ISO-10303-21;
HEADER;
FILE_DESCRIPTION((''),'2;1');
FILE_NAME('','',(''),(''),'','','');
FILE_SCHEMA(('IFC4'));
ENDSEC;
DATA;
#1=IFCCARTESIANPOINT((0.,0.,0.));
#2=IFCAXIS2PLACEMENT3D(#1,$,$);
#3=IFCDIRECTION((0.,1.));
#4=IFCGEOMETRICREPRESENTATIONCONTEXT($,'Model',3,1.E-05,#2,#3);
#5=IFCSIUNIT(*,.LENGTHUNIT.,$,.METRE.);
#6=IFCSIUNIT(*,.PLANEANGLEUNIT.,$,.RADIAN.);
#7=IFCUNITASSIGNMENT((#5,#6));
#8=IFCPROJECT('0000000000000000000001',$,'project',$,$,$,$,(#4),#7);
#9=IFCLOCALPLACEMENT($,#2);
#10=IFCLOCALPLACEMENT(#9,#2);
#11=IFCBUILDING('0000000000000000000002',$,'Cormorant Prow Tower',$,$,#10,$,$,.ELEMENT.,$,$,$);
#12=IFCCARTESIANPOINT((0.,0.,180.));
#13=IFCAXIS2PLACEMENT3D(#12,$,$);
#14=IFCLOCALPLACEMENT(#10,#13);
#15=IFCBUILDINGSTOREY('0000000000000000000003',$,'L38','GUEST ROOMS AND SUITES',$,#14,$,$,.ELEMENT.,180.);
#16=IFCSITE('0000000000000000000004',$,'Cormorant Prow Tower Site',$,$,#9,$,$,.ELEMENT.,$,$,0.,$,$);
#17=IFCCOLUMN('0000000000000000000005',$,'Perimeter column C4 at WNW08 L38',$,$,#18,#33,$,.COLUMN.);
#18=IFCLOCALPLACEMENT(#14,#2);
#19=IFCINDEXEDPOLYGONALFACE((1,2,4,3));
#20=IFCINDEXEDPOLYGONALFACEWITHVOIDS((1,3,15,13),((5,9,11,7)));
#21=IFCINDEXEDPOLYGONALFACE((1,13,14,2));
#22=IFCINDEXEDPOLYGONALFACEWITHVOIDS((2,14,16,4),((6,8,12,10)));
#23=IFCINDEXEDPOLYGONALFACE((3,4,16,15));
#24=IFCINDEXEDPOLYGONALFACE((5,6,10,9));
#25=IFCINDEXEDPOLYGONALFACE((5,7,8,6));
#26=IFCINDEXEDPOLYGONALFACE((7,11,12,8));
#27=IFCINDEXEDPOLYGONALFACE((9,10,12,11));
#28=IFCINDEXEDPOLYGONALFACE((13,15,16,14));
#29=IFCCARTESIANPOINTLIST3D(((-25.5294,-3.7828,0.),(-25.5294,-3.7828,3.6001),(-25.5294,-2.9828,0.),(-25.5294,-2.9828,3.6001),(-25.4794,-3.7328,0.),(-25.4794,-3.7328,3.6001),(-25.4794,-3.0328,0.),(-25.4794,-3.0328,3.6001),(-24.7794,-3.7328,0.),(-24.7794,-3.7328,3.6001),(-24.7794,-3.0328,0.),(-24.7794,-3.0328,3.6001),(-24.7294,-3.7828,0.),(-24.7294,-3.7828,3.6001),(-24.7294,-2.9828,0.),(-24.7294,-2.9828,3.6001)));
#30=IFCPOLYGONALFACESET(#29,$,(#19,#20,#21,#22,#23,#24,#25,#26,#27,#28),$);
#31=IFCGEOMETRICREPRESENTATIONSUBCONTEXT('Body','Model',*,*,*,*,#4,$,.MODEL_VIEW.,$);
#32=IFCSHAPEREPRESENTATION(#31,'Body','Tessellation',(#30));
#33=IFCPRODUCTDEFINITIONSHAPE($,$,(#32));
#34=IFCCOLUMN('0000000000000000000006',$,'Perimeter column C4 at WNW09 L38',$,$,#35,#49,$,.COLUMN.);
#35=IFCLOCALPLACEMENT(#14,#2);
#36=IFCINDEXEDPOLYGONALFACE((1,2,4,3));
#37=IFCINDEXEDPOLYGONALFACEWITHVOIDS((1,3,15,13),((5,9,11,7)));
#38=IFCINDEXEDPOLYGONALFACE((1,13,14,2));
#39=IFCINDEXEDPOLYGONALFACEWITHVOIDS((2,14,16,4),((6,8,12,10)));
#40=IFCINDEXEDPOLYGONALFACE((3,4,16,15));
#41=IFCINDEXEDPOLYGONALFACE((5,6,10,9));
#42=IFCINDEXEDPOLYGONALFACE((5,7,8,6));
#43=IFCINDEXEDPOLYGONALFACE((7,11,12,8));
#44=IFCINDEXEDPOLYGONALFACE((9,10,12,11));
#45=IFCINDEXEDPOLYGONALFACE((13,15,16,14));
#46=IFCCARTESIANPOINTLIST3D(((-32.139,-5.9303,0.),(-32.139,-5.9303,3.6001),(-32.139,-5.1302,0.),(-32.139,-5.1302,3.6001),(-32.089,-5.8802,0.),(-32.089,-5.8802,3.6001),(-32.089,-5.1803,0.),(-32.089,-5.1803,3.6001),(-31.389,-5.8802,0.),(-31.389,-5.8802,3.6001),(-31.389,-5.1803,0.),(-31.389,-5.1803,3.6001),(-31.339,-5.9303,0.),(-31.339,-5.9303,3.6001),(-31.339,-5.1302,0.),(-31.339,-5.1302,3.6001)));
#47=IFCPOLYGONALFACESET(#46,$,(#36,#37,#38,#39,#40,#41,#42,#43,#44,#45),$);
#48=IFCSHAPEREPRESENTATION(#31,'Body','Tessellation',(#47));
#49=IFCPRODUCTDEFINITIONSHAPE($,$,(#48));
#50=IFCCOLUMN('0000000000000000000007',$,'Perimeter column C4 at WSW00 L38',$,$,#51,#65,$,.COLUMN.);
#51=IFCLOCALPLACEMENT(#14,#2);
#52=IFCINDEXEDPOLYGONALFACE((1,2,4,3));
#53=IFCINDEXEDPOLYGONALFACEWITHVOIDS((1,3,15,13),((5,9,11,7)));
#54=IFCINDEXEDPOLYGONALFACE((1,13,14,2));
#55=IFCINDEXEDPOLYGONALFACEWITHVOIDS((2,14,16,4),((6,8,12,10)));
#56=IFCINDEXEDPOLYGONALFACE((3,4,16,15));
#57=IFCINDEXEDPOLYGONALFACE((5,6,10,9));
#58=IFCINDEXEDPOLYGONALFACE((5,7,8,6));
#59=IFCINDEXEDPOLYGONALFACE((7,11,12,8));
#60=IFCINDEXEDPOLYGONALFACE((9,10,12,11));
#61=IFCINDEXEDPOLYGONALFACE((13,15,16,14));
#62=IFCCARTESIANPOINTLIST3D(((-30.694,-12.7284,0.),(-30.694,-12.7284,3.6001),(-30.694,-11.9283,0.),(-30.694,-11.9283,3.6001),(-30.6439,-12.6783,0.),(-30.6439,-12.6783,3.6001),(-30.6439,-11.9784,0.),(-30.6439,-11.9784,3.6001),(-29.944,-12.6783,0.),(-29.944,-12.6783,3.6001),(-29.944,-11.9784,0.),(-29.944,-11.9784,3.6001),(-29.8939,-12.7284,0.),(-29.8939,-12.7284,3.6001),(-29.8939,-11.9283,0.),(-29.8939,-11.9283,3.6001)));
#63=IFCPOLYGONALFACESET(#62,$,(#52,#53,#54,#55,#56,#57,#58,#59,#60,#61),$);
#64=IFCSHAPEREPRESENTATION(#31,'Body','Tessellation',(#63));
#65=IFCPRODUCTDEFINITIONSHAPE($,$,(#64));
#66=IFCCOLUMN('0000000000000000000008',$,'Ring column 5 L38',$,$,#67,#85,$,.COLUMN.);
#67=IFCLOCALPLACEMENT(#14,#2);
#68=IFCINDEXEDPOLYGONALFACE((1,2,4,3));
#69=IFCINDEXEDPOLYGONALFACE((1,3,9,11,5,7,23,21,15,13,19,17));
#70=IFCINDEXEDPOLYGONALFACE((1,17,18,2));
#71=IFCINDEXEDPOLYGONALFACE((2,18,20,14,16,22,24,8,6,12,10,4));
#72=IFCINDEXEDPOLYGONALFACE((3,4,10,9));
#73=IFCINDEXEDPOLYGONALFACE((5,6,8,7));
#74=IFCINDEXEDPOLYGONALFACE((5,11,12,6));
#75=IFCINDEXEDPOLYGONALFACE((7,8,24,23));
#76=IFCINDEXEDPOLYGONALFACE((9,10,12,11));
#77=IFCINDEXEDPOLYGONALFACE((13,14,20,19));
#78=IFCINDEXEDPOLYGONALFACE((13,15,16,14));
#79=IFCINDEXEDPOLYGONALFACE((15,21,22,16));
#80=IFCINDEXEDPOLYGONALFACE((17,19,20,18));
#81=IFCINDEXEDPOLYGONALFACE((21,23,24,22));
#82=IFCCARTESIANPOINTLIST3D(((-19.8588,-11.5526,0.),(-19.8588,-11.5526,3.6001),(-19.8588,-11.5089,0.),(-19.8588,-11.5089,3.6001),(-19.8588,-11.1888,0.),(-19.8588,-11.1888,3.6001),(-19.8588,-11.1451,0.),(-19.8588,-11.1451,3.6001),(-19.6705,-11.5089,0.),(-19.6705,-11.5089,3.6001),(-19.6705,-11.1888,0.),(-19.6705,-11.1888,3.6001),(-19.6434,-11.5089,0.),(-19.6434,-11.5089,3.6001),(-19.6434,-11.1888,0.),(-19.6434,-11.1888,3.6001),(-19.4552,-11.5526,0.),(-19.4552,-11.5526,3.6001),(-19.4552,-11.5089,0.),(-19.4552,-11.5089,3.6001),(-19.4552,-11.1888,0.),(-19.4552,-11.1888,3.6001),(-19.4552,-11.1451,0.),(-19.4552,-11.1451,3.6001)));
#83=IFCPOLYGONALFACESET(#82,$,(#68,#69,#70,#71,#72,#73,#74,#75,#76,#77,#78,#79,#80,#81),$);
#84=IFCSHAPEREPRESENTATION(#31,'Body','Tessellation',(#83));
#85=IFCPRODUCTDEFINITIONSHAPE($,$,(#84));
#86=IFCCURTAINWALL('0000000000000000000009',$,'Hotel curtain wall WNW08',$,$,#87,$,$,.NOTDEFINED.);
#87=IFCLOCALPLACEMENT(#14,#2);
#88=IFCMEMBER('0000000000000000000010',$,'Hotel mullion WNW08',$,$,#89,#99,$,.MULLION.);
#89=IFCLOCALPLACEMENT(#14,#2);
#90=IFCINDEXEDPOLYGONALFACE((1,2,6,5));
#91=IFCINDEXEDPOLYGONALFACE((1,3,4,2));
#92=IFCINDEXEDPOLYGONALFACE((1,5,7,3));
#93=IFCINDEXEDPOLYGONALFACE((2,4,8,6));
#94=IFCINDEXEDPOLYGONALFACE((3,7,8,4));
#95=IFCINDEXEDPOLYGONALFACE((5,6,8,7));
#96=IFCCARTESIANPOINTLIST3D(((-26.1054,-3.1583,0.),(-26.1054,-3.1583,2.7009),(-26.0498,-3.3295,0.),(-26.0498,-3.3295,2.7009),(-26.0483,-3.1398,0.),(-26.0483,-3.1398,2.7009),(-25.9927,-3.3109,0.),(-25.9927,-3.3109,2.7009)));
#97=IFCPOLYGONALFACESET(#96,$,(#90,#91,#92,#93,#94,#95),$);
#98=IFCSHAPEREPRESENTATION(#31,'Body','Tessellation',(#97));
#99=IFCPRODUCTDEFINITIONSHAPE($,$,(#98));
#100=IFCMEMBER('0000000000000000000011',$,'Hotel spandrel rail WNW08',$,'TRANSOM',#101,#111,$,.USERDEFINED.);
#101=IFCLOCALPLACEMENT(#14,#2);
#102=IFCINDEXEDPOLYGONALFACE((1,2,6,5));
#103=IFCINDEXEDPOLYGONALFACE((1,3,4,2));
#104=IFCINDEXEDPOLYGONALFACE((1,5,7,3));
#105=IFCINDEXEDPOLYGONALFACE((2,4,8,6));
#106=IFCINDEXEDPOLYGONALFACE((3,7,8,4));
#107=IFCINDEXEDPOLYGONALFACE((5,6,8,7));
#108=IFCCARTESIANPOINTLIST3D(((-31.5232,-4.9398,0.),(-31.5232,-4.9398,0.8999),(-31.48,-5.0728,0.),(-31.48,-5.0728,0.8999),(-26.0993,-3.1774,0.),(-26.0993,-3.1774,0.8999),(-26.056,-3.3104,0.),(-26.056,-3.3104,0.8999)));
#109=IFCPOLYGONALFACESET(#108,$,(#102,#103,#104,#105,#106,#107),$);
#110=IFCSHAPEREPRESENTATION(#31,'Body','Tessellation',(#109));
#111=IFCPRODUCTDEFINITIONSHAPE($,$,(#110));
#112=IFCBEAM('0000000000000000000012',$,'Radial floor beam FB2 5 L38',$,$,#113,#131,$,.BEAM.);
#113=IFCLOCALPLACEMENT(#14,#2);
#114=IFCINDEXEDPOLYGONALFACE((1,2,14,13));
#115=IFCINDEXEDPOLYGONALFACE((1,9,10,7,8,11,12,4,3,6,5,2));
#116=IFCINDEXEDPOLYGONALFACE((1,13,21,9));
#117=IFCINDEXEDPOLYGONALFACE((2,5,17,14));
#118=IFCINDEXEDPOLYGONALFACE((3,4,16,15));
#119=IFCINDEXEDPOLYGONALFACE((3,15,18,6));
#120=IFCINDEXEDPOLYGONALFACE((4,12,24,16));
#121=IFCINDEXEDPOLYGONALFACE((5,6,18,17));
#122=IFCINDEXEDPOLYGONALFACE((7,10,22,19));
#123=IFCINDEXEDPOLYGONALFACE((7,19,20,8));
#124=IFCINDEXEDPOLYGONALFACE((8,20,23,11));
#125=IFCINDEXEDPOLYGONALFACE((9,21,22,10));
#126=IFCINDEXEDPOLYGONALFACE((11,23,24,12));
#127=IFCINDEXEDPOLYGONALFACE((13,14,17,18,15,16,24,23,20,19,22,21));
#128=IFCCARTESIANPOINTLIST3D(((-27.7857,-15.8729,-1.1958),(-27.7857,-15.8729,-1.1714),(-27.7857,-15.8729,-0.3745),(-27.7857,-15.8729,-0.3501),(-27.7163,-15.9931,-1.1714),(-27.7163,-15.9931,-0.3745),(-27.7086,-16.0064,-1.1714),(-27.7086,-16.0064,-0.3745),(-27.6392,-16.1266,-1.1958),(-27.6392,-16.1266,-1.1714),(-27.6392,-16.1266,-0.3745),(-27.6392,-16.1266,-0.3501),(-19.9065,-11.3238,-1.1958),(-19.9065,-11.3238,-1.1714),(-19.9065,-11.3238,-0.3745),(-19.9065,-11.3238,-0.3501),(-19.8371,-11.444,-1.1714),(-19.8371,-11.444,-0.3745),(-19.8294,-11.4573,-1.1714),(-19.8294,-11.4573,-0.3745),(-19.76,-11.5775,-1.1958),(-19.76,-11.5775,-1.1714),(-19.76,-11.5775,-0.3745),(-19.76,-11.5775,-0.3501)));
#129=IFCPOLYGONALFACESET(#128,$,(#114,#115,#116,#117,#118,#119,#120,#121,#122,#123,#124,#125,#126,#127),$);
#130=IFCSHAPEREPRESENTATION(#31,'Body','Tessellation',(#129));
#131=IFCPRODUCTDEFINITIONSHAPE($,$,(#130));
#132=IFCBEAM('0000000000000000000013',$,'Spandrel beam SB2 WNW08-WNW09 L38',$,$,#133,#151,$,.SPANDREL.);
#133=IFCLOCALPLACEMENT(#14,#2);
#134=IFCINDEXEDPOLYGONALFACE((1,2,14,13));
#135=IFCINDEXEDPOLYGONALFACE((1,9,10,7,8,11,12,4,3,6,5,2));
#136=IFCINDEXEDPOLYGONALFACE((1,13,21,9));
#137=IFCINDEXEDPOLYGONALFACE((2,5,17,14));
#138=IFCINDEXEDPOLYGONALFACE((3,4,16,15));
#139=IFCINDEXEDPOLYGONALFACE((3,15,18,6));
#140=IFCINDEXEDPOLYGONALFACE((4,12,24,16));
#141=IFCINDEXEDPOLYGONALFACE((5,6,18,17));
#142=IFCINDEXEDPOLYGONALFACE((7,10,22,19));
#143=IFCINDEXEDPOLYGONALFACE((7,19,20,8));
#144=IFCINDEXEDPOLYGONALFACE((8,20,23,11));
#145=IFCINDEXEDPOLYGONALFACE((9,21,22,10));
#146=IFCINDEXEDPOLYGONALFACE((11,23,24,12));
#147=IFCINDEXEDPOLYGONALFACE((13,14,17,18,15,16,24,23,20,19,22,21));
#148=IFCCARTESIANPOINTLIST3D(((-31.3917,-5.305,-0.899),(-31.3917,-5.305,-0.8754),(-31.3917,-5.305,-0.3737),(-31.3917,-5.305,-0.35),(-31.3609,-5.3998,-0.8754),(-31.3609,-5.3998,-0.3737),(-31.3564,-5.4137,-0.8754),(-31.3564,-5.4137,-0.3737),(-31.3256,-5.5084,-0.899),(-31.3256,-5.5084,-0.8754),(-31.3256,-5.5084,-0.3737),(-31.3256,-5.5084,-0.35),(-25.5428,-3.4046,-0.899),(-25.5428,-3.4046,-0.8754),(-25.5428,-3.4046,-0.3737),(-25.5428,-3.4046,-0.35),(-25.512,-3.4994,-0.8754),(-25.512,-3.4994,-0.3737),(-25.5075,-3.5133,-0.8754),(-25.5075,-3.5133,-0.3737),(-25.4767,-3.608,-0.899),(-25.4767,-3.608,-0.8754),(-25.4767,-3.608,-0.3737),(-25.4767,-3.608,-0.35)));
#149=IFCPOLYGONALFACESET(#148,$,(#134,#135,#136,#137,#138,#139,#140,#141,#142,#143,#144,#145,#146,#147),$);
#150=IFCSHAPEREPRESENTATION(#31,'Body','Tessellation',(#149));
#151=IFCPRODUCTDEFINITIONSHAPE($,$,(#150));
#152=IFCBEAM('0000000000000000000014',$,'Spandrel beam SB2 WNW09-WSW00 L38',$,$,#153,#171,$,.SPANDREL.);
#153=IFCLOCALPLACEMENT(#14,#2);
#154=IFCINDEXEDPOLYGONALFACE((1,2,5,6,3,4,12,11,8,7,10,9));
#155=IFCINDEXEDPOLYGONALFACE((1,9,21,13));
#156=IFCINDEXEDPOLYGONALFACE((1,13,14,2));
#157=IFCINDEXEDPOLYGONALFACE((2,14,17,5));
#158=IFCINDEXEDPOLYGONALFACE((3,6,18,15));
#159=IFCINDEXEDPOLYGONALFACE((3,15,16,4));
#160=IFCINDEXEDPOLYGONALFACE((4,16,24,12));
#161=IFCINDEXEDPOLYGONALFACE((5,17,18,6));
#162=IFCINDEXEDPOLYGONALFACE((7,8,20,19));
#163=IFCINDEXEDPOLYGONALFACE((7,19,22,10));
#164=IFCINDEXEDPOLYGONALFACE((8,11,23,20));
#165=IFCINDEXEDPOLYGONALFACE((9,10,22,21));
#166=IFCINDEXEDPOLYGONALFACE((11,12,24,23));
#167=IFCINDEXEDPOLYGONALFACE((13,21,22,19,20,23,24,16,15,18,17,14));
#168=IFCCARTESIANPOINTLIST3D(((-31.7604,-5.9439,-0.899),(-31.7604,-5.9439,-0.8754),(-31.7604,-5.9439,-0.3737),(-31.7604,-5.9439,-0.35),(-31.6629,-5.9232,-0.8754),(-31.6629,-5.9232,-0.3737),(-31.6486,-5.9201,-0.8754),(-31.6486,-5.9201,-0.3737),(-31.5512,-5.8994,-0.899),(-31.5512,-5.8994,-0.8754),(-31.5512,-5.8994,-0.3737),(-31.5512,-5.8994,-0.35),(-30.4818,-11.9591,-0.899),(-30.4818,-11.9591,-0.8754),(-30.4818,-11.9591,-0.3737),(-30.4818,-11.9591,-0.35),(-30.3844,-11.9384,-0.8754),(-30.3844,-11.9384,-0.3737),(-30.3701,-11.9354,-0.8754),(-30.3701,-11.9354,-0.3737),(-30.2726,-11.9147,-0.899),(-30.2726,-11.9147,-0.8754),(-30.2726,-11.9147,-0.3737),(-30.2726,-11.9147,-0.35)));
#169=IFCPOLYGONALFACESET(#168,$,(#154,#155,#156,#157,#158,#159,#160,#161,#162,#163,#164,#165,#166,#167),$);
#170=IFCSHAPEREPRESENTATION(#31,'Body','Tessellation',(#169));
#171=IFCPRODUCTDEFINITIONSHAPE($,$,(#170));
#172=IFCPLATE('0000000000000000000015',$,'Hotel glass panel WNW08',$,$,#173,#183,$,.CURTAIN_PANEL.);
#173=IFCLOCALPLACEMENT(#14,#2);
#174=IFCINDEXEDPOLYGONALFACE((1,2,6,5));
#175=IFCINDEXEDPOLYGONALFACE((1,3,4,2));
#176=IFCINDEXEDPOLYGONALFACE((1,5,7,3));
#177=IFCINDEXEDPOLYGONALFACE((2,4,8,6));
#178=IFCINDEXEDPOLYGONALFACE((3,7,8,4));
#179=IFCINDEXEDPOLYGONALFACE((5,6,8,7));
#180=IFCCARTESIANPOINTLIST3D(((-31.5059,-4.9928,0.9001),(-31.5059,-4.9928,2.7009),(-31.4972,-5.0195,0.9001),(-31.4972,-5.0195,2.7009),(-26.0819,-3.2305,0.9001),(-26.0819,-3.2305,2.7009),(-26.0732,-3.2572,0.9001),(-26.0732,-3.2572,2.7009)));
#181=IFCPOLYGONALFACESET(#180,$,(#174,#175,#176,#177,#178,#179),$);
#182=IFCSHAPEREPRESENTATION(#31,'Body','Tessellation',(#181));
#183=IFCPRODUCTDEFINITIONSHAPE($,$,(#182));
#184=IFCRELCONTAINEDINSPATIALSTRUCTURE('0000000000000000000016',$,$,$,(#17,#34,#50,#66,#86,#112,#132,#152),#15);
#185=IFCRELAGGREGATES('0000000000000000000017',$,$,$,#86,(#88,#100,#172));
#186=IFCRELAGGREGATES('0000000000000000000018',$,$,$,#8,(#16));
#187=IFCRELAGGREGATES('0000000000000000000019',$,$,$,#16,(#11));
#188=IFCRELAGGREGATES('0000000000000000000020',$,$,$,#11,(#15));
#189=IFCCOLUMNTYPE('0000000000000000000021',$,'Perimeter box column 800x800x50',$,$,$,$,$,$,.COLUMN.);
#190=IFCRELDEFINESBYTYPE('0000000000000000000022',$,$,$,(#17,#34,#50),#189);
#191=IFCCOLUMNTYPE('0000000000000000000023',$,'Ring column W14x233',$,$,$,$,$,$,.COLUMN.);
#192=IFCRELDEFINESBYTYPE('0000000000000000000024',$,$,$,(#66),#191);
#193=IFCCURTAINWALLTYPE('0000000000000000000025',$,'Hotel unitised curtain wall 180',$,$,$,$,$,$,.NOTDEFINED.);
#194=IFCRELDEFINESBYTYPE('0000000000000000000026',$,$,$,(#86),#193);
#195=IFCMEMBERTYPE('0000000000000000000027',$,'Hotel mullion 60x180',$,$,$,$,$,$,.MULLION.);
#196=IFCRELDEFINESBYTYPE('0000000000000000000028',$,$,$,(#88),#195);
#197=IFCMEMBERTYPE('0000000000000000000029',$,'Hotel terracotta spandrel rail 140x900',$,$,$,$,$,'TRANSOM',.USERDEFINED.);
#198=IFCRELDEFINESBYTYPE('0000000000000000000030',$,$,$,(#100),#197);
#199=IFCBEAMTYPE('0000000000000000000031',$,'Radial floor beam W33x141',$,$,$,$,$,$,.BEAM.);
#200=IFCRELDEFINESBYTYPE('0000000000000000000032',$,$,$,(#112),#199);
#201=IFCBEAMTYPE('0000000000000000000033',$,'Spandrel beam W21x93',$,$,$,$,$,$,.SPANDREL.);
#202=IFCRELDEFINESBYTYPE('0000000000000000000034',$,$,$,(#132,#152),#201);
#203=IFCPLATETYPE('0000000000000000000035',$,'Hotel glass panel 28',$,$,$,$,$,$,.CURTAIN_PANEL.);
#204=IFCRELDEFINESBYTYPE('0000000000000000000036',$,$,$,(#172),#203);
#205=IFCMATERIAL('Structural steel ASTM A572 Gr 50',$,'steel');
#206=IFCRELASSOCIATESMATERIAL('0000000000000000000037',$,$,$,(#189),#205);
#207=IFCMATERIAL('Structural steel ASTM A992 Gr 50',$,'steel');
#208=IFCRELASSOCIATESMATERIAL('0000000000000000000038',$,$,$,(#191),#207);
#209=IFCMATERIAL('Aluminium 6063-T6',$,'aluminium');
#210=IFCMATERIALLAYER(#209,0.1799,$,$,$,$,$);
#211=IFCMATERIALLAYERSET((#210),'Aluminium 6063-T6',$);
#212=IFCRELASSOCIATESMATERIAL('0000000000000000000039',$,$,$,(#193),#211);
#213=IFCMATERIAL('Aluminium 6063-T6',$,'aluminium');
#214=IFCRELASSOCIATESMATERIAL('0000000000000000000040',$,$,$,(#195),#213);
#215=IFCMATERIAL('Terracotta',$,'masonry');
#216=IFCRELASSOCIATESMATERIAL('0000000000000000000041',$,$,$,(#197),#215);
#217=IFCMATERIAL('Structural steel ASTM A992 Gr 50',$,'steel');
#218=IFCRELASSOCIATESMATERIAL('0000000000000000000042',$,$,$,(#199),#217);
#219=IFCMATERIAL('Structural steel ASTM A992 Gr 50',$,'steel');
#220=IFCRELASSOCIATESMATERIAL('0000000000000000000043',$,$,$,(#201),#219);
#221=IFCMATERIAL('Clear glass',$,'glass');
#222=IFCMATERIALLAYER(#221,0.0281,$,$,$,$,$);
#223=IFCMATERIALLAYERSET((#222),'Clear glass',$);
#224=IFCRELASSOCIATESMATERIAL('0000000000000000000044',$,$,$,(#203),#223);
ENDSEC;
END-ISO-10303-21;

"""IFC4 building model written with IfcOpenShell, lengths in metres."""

from ifc_helpers import new_model, si_unit, direction, frame, origin, origin_2d, place, context, subcontext, project, spatial, rectangle, hollow_rectangle, i_section, extrude, material, layer, layer_set, material_profile, profile_set, type_object, element, aggregate, save


model = new_model("IFC4")

# Units and contexts
model_context = context("Model", 3, precision=1e-05, world=origin(), true_north=direction((0.0, 1.0)))
body_context = subcontext(model_context, "Body", "Model", "MODEL_VIEW")
ifc_project = project(units=[si_unit("LENGTHUNIT", "METRE"), si_unit("PLANEANGLEUNIT", "RADIAN")], contexts=[model_context])

# Site, building, storey
site_placement = place(None, origin())
site = spatial("IfcSite", under=ifc_project, at=site_placement, Name="Cormorant Prow Tower Site", CompositionType="ELEMENT", RefElevation=0.0)
building_placement = place(site_placement, origin())
building = spatial("IfcBuilding", under=site, at=building_placement, Name="Cormorant Prow Tower", CompositionType="ELEMENT")
storey_placement = place(building_placement, frame((0.0, 0.0, 180.0)))
storey = spatial("IfcBuildingStorey", under=building, at=storey_placement, Name="L38", Description="GUEST ROOMS AND SUITES", CompositionType="ELEMENT", Elevation=180.0)

# Columns
ifc_material_1 = material(Name="Structural steel ASTM A572 Gr 50", Category="steel")
ifc_material_profile_1 = material_profile(ifc_material_1, hollow_rectangle(XDim=0.8, YDim=0.8, WallThickness=0.05, at=origin_2d()), Name="Box 800x800x50")
ifc_profile_set_1 = profile_set([ifc_material_profile_1], Name="Structural steel ASTM A572 Gr 50")
column_type_1 = type_object("IfcColumnType", Name="Perimeter box column 800x800x50", PredefinedType="COLUMN", material=ifc_profile_set_1)
for number, where, z_axis, x_axis, name in (
    (1, (-25.1294, -3.3828, 0.0), (0.0, 0.0, 1.0), (1.0, 0.0, 0.0), "Perimeter column C4 at WNW08 L38"),
    (2, (-31.739, -5.5303, 0.0), (0.0, 0.0, 1.0), (1.0, 0.0, 0.0), "Perimeter column C4 at WNW09 L38"),
    (3, (-30.2939, -12.3284, 0.0), (0.0, 0.0, 1.0), (1.0, 0.0, 0.0), "Perimeter column C4 at WSW00 L38"),
):
    element("IfcColumn", number, at=place(storey_placement, frame(where, z_axis=z_axis, x_axis=x_axis)), inside=storey, type_object=column_type_1, Name=name, PredefinedType="COLUMN", context=body_context, shape_type="SweptSolid", body=[
        extrude(hollow_rectangle(XDim=0.8, YDim=0.8, WallThickness=0.05, at=origin_2d()), origin(), (0.0, 0.0, 1.0), 3.6001),
    ])
ifc_material_2 = material(Name="Structural steel ASTM A992 Gr 50", Category="steel")
ifc_material_profile_2 = material_profile(ifc_material_2, i_section(OverallWidth=0.4036, OverallDepth=0.4075, WebThickness=0.0271, FlangeThickness=0.0437, at=origin_2d()), Name="W14x233")
ifc_profile_set_2 = profile_set([ifc_material_profile_2], Name="Structural steel ASTM A992 Gr 50")
column_type_2 = type_object("IfcColumnType", Name="Ring column W14x233", PredefinedType="COLUMN", material=ifc_profile_set_2)
column_placement = place(storey_placement, frame((-19.657, -11.3489, 0.0), z_axis=(0.0, 0.0, 1.0), x_axis=(1.0, 0.0, 0.0)))
element("IfcColumn", 4, at=column_placement, inside=storey, type_object=column_type_2, Name="Ring column 5 L38", PredefinedType="COLUMN", context=body_context, shape_type="SweptSolid", body=[
    extrude(i_section(OverallWidth=0.4036, OverallDepth=0.4075, WebThickness=0.0271, FlangeThickness=0.0437, at=origin_2d()), origin(), (0.0, 0.0, 1.0), 3.6001),
])

# Curtain wall, members
ifc_material_3 = material(Name="Aluminium 6063-T6", Category="aluminium")
ifc_layer_1 = layer(ifc_material_3, 0.1799)
ifc_layer_set_1 = layer_set([ifc_layer_1], Name="Aluminium 6063-T6")
curtain_wall_type = type_object("IfcCurtainWallType", Name="Hotel unitised curtain wall 180", PredefinedType="NOTDEFINED", material=ifc_layer_set_1)
curtain_wall_placement = place(storey_placement, origin())
curtain_wall = element("IfcCurtainWall", 5, at=curtain_wall_placement, inside=storey, type_object=curtain_wall_type, Name="Hotel curtain wall WNW08", PredefinedType="NOTDEFINED")
ifc_material_4 = material(Name="Aluminium 6063-T6", Category="aluminium")
ifc_material_profile_3 = material_profile(ifc_material_4, rectangle(XDim=0.1799, YDim=0.0601, at=origin_2d()), Name="Hotel mullion 60x180")
ifc_profile_set_3 = profile_set([ifc_material_profile_3], Name="Aluminium 6063-T6")
member_type_1 = type_object("IfcMemberType", Name="Hotel mullion 60x180", PredefinedType="MULLION", material=ifc_profile_set_3)
member_1_placement = place(storey_placement, frame((-26.0491, -3.2346, 0.0), z_axis=(0.0, 0.0, 1.0), x_axis=(0.309017, -0.951057, 0.0)))
member_1 = element("IfcMember", 6, at=member_1_placement, type_object=member_type_1, Name="Hotel mullion WNW08", PredefinedType="MULLION", context=body_context, shape_type="SweptSolid", body=[
    extrude(rectangle(XDim=0.1799, YDim=0.0601, at=origin_2d()), origin(), (0.0, 0.0, 1.0), 2.7009),
])
ifc_material_5 = material(Name="Terracotta", Category="masonry")
ifc_material_profile_4 = material_profile(ifc_material_5, rectangle(XDim=0.1399, YDim=0.8999, at=origin_2d()), Name="Hotel terracotta spandrel rail 140x900")
ifc_profile_set_4 = profile_set([ifc_material_profile_4], Name="Terracotta")
member_type_2 = type_object("IfcMemberType", Name="Hotel terracotta spandrel rail 140x900", ElementType="TRANSOM", PredefinedType="USERDEFINED", material=ifc_profile_set_4)
member_2_placement = place(storey_placement, frame((-26.0776, -3.2439, 0.45), z_axis=(-0.951053, -0.309027, 0.0), x_axis=(0.309027, -0.951053, 0.0)))
member_2 = element("IfcMember", 7, at=member_2_placement, type_object=member_type_2, Name="Hotel spandrel rail WNW08", ObjectType="TRANSOM", PredefinedType="USERDEFINED", context=body_context, shape_type="SweptSolid", body=[
    extrude(rectangle(XDim=0.1399, YDim=0.8999, at=origin_2d()), origin(), (0.0, 0.0, 1.0), 5.7031),
])

# Beams
ifc_material_6 = material(Name="Structural steel ASTM A992 Gr 50", Category="steel")
ifc_material_profile_5 = material_profile(ifc_material_6, i_section(OverallWidth=0.293, OverallDepth=0.8457, WebThickness=0.0154, FlangeThickness=0.0244, at=origin_2d()), Name="W33x141")
ifc_profile_set_5 = profile_set([ifc_material_profile_5], Name="Structural steel ASTM A992 Gr 50")
beam_type_1 = type_object("IfcBeamType", Name="Radial floor beam W33x141", PredefinedType="BEAM", material=ifc_profile_set_5)
beam_1_placement = place(storey_placement, frame((-19.8333, -11.4507, -0.7729), z_axis=(-0.866023, -0.500004, 0.0), x_axis=(0.500004, -0.866023, 0.0)))
element("IfcBeam", 8, at=beam_1_placement, inside=storey, type_object=beam_type_1, Name="Radial floor beam FB2 5 L38", PredefinedType="BEAM", context=body_context, shape_type="SweptSolid", body=[
    extrude(i_section(OverallWidth=0.293, OverallDepth=0.8457, WebThickness=0.0154, FlangeThickness=0.0244, at=origin_2d()), origin(), (0.0, 0.0, 1.0), 9.0981),
])
ifc_material_7 = material(Name="Structural steel ASTM A992 Gr 50", Category="steel")
ifc_material_profile_6 = material_profile(ifc_material_7, i_section(OverallWidth=0.2139, OverallDepth=0.5491, WebThickness=0.0146, FlangeThickness=0.0237, at=origin_2d()), Name="W21x93")
ifc_profile_set_6 = profile_set([ifc_material_profile_6], Name="Structural steel ASTM A992 Gr 50")
beam_type_2 = type_object("IfcBeamType", Name="Spandrel beam W21x93", PredefinedType="SPANDREL", material=ifc_profile_set_6)
beam_2_placement = place(storey_placement, frame((-25.5098, -3.5063, -0.6245), z_axis=(-0.951058, -0.309013, 0.0), x_axis=(0.309013, -0.951058, 0.0)))
element("IfcBeam", 9, at=beam_2_placement, inside=storey, type_object=beam_type_2, Name="Spandrel beam SB2 WNW08-WNW09 L38", PredefinedType="SPANDREL", context=body_context, shape_type="SweptSolid", body=[
    extrude(i_section(OverallWidth=0.2139, OverallDepth=0.5491, WebThickness=0.0146, FlangeThickness=0.0237, at=origin_2d()), origin(), (0.0, 0.0, 1.0), 6.1499),
])
beam_3_placement = place(storey_placement, frame((-31.6558, -5.9216, -0.6245), z_axis=(0.207905, -0.978149, 0.0), x_axis=(0.978149, 0.207905, 0.0)))
element("IfcBeam", 10, at=beam_3_placement, inside=storey, type_object=beam_type_2, Name="Spandrel beam SB2 WNW09-WSW00 L38", PredefinedType="SPANDREL", context=body_context, shape_type="SweptSolid", body=[
    extrude(i_section(OverallWidth=0.2139, OverallDepth=0.5491, WebThickness=0.0146, FlangeThickness=0.0237, at=origin_2d()), origin(), (0.0, 0.0, 1.0), 6.1497),
])

# Plate
ifc_material_8 = material(Name="Clear glass", Category="glass")
ifc_layer_2 = layer(ifc_material_8, 0.0281)
ifc_layer_set_2 = layer_set([ifc_layer_2], Name="Clear glass")
plate_type = type_object("IfcPlateType", Name="Hotel glass panel 28", PredefinedType="CURTAIN_PANEL", material=ifc_layer_set_2)
plate_placement = place(storey_placement, frame((-28.7896, -4.125, 0.9001), z_axis=(0.0, 0.0, 1.0), x_axis=(-0.951057, -0.309017, 0.0)))
plate = element("IfcPlate", 11, at=plate_placement, type_object=plate_type, Name="Hotel glass panel WNW08", PredefinedType="CURTAIN_PANEL", context=body_context, shape_type="SweptSolid", body=[
    extrude(rectangle(XDim=5.7031, YDim=0.0281, at=origin_2d()), origin(), (0.0, 0.0, 1.0), 1.8008),
])
aggregate(curtain_wall, [member_1, member_2, plate])

save(model, "model.ifc")
